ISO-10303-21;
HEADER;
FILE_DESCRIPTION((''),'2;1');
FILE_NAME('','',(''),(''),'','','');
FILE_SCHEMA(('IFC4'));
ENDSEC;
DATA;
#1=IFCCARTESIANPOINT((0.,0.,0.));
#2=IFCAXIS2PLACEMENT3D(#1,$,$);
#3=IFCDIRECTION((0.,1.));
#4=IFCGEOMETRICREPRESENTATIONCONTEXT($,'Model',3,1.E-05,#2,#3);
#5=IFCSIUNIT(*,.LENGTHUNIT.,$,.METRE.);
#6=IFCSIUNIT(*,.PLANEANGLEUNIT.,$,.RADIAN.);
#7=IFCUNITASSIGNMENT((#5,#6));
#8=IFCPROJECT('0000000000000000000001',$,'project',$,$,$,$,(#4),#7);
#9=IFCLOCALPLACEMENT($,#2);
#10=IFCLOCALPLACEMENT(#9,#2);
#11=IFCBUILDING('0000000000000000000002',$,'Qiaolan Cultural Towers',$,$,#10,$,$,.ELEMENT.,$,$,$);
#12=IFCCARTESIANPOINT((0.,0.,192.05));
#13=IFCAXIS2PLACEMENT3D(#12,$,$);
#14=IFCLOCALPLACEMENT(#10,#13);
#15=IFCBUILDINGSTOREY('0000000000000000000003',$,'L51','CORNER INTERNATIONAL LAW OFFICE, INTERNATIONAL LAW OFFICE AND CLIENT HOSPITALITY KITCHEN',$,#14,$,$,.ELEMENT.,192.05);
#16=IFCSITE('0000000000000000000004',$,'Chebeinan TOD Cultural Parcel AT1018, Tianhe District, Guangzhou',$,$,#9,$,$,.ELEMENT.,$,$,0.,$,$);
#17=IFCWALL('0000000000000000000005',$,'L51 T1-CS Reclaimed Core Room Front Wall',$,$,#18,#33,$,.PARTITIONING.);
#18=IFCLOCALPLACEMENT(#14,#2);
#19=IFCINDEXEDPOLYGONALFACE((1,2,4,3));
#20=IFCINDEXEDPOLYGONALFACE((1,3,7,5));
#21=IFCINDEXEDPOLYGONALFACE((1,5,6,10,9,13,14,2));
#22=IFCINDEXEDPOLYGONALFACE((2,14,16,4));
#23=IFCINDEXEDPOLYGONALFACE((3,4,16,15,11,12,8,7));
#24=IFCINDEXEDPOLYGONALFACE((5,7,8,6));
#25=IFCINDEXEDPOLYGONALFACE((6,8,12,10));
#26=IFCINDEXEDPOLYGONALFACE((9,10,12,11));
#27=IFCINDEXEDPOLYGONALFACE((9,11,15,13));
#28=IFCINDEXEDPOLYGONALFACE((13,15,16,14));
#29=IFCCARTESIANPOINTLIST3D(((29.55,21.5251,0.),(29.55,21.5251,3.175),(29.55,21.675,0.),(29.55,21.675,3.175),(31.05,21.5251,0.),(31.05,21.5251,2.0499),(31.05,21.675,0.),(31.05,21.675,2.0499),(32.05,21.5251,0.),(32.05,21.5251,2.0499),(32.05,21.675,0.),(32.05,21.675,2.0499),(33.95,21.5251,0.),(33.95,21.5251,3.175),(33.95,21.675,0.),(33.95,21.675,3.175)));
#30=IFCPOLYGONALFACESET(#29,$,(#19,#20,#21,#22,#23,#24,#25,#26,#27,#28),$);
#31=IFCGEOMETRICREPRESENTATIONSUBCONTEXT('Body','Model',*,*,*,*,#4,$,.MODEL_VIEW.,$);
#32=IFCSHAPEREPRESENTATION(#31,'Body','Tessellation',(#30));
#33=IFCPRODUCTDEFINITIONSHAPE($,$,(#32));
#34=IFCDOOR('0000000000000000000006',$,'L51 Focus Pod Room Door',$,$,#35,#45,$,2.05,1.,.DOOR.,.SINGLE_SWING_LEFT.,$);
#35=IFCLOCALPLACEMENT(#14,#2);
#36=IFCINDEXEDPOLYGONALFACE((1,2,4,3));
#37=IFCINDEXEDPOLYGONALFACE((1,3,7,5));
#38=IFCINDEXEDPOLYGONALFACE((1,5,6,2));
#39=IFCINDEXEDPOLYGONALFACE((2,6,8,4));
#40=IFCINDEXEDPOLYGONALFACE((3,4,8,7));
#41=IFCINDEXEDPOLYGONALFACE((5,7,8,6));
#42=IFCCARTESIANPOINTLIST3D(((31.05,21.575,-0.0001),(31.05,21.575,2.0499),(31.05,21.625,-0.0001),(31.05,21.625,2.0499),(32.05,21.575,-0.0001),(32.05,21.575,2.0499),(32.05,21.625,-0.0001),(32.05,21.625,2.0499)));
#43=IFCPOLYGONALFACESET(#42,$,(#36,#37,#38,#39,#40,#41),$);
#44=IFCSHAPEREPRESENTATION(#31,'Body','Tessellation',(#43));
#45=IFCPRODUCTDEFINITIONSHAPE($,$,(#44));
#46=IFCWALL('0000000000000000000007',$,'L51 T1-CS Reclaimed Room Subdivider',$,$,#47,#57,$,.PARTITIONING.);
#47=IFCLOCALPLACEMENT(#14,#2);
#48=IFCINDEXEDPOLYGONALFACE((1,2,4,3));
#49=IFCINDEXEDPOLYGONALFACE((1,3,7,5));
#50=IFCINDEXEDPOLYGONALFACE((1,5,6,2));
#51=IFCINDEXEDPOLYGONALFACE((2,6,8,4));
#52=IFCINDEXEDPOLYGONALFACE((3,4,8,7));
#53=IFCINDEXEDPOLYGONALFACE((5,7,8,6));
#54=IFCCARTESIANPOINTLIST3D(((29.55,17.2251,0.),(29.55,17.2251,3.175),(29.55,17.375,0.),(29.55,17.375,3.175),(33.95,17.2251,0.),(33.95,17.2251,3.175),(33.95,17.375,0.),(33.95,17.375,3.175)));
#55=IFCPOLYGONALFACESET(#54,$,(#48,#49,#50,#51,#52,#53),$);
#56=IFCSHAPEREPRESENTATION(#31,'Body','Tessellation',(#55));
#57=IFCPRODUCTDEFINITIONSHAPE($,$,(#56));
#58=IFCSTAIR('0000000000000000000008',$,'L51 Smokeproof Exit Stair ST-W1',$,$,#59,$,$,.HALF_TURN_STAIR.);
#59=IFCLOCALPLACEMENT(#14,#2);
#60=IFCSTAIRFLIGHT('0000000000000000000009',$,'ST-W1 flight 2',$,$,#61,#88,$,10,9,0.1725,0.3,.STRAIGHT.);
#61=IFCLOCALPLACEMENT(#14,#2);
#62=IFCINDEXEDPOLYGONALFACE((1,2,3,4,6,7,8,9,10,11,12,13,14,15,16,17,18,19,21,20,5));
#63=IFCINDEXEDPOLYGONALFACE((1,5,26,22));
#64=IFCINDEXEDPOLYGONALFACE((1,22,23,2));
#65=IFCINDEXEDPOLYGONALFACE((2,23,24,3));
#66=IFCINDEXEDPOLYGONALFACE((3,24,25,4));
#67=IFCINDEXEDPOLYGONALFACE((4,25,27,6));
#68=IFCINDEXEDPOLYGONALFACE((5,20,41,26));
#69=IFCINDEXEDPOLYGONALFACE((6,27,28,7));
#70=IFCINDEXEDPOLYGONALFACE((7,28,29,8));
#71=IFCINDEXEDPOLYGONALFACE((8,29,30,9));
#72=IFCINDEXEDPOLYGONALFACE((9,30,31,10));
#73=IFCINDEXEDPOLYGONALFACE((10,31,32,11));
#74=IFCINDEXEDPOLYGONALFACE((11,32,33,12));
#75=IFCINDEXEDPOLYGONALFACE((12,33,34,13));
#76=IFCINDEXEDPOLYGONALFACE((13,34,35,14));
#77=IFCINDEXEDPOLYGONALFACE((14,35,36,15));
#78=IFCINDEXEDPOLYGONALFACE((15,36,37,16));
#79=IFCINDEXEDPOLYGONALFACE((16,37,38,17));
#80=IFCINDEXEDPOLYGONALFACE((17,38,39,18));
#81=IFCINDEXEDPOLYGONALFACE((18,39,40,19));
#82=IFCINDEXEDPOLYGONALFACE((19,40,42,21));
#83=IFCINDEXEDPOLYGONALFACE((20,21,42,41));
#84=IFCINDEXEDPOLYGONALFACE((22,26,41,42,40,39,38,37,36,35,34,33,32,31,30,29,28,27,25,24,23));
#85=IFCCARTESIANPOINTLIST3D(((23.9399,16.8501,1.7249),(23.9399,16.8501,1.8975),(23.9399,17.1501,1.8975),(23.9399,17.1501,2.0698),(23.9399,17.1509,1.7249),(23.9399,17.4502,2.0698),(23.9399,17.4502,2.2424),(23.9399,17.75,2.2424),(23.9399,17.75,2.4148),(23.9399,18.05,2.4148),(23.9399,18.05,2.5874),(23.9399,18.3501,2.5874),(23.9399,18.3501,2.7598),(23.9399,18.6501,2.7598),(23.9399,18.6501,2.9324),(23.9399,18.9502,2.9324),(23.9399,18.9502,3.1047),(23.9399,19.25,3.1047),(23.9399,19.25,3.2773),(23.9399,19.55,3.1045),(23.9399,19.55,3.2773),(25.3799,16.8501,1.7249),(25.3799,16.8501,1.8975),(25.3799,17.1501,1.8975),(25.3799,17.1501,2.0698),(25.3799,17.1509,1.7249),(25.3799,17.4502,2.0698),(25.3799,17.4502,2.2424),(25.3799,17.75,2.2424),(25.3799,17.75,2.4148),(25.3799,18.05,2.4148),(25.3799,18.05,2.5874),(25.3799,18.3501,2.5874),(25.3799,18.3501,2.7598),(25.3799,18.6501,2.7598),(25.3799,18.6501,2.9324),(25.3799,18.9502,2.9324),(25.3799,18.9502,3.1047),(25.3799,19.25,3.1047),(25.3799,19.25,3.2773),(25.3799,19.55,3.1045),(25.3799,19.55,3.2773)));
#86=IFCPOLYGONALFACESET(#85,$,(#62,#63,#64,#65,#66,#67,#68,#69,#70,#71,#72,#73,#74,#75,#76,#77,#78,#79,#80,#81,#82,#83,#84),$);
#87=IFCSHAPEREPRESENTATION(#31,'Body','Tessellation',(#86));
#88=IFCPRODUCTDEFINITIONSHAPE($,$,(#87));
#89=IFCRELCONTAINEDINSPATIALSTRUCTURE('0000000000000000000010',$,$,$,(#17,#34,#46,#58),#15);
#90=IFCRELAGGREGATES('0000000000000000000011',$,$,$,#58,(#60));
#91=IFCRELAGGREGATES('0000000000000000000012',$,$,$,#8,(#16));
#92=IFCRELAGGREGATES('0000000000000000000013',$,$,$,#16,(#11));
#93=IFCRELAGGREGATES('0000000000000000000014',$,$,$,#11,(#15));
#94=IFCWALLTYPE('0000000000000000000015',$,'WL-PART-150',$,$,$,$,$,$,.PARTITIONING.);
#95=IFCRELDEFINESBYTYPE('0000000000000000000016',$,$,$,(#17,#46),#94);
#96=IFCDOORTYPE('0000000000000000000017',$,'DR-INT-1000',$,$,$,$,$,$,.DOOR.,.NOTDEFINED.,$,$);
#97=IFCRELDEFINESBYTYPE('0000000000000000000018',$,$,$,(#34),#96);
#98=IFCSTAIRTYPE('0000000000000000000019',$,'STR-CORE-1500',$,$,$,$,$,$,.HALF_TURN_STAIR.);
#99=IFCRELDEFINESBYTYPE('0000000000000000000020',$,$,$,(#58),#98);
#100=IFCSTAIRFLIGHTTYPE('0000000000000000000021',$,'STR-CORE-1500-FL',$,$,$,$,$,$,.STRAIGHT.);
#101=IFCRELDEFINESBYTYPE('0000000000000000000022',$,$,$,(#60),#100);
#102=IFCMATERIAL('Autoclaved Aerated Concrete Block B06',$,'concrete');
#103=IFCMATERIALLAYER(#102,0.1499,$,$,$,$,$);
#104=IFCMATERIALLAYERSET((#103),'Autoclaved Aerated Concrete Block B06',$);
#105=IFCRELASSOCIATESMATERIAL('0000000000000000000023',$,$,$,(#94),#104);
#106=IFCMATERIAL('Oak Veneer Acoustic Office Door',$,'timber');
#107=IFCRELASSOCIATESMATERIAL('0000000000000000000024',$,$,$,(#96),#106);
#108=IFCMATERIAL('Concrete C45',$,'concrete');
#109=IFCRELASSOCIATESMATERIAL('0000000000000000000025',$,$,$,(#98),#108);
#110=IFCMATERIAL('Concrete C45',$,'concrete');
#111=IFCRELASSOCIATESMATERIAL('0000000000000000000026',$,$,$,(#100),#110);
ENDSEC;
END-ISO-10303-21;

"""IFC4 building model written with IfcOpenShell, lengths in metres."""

from ifc_helpers import new_model, si_unit, direction, frame, frame_2d, origin, place, context, subcontext, project, spatial, polyline, rectangle, outline, extrude, material, layer, layer_set, type_object, element, fill, aggregate, save


model = new_model("IFC4")

# Units and contexts
model_context = context("Model", 3, precision=1e-05, world=origin(), true_north=direction((0.0, 1.0)))
body_context = subcontext(model_context, "Body", "Model", "MODEL_VIEW")
ifc_project = project(units=[si_unit("LENGTHUNIT", "METRE"), si_unit("PLANEANGLEUNIT", "RADIAN")], contexts=[model_context])

# Site, building, storey
site_placement = place(None, origin())
site = spatial("IfcSite", under=ifc_project, at=site_placement, Name="Chebeinan TOD Cultural Parcel AT1018, Tianhe District, Guangzhou", CompositionType="ELEMENT", RefElevation=0.0)
building_placement = place(site_placement, origin())
building = spatial("IfcBuilding", under=site, at=building_placement, Name="Qiaolan Cultural Towers", CompositionType="ELEMENT")
storey_placement = place(building_placement, frame((0.0, 0.0, 192.05)))
storey = spatial("IfcBuildingStorey", under=building, at=storey_placement, Name="L51", Description="CORNER INTERNATIONAL LAW OFFICE, INTERNATIONAL LAW OFFICE AND CLIENT HOSPITALITY KITCHEN", CompositionType="ELEMENT", Elevation=192.05)

# Wall, opening, door
ifc_material_1 = material(Name="Autoclaved Aerated Concrete Block B06", Category="concrete")
ifc_layer_1 = layer(ifc_material_1, 0.1499)
ifc_layer_set_1 = layer_set([ifc_layer_1], Name="Autoclaved Aerated Concrete Block B06")
wall_type_1 = type_object("IfcWallType", Name="WL-PART-150", PredefinedType="PARTITIONING", material=ifc_layer_set_1)
wall_1_placement = place(storey_placement, frame((29.55, 21.6001, 0.0), z_axis=(0.0, 0.0, 1.0), x_axis=(1.0, 0.0, 0.0)))
wall_1 = element("IfcWall", 1, at=wall_1_placement, inside=storey, type_object=wall_type_1, Name="L51 T1-CS Reclaimed Core Room Front Wall", PredefinedType="PARTITIONING", context=body_context, shape_type="SweptSolid", body=[
    extrude(rectangle(XDim=4.3999, YDim=0.1499, at=frame_2d((2.2, 0.0))), origin(), (0.0, 0.0, 1.0), 3.175),
])
opening_1_placement = place(wall_1_placement, frame((1.5, 0.0, 0.0)))
opening_1 = element("IfcOpeningElement", 2, at=opening_1_placement, cuts=wall_1, PredefinedType="OPENING", context=body_context, shape_type="SweptSolid", body=[
    extrude(rectangle(XDim=1.0, YDim=2.05, at=frame_2d((0.5, 1.0249))), frame((0.0, 0.085, 0.0), z_axis=(0.0, -1.0, 0.0), x_axis=(1.0, 0.0, 0.0)), (0.0, 0.0, 1.0), 0.1699),
])
ifc_material_2 = material(Name="Oak Veneer Acoustic Office Door", Category="timber")
door_type_1 = type_object("IfcDoorType", Name="DR-INT-1000", OperationType="NOTDEFINED", PredefinedType="DOOR", material=ifc_material_2)
door_1_placement = place(opening_1_placement, origin())
door_1 = element("IfcDoor", 3, at=door_1_placement, inside=storey, type_object=door_type_1, Name="L51 Focus Pod Room Door", OperationType="SINGLE_SWING_LEFT", OverallHeight=2.05, OverallWidth=1.0, PredefinedType="DOOR", context=body_context, shape_type="SweptSolid", body=[
    extrude(rectangle(XDim=1.0, YDim=2.05, at=frame_2d((0.5, 1.0249))), frame((0.0, 0.0249, 0.0), z_axis=(0.0, -1.0, 0.0), x_axis=(1.0, 0.0, 0.0)), (0.0, 0.0, 1.0), 0.05),
])
fill(opening_1, door_1)

# Wall
wall_2_placement = place(storey_placement, frame((29.55, 17.3, 0.0), z_axis=(0.0, 0.0, 1.0), x_axis=(1.0, 0.0, 0.0)))
element("IfcWall", 4, at=wall_2_placement, inside=storey, type_object=wall_type_1, Name="L51 T1-CS Reclaimed Room Subdivider", PredefinedType="PARTITIONING", context=body_context, shape_type="SweptSolid", body=[
    extrude(rectangle(XDim=4.3999, YDim=0.1499, at=frame_2d((2.2, 0.0))), origin(), (0.0, 0.0, 1.0), 3.175),
])

# Stair, stair flight
ifc_material_3 = material(Name="Concrete C45", Category="concrete")
stair_type = type_object("IfcStairType", Name="STR-CORE-1500", PredefinedType="HALF_TURN_STAIR", material=ifc_material_3)
stair_placement = place(storey_placement, origin())
stair = element("IfcStair", 5, at=stair_placement, inside=storey, type_object=stair_type, Name="L51 Smokeproof Exit Stair ST-W1", PredefinedType="HALF_TURN_STAIR")
ifc_material_4 = material(Name="Concrete C45", Category="concrete")
stair_flight_type = type_object("IfcStairFlightType", Name="STR-CORE-1500-FL", PredefinedType="STRAIGHT", material=ifc_material_4)
stair_flight_placement = place(storey_placement, frame((24.6599, 16.8501, 1.7249), z_axis=(0.0, 0.0, 1.0), x_axis=(0.0, 1.0, 0.0)))
stair_flight = element("IfcStairFlight", 6, at=stair_flight_placement, type_object=stair_flight_type, Name="ST-W1 flight 2", NumberOfRisers=10, NumberOfTreads=9, PredefinedType="STRAIGHT", RiserHeight=0.1725, TreadLength=0.3, context=body_context, shape_type="SweptSolid", body=[
    extrude(outline(polyline([(0.0, 0.0), (0.0, 0.1726), (0.3, 0.1726), (0.3, 0.345), (0.6001, 0.345), (0.6001, 0.5176), (0.8999, 0.5176), (0.8999, 0.6899), (1.2, 0.6899), (1.2, 0.8625), (1.5, 0.8625), (1.5, 1.0349), (1.8, 1.0349), (1.8, 1.2075), (2.1001, 1.2075), (2.1001, 1.3799), (2.3999, 1.3799), (2.3999, 1.5525), (2.7, 1.5525), (2.7, 1.7251), (2.7, 1.3796), (0.3008, 0.0), (0.0, 0.0)])), frame((0.0, 0.72, 0.0), z_axis=(0.0, -1.0, 0.0), x_axis=(1.0, 0.0, 0.0)), (0.0, 0.0, 1.0), 1.4399),
])
aggregate(stair, [stair_flight])

save(model, "model.ifc")
